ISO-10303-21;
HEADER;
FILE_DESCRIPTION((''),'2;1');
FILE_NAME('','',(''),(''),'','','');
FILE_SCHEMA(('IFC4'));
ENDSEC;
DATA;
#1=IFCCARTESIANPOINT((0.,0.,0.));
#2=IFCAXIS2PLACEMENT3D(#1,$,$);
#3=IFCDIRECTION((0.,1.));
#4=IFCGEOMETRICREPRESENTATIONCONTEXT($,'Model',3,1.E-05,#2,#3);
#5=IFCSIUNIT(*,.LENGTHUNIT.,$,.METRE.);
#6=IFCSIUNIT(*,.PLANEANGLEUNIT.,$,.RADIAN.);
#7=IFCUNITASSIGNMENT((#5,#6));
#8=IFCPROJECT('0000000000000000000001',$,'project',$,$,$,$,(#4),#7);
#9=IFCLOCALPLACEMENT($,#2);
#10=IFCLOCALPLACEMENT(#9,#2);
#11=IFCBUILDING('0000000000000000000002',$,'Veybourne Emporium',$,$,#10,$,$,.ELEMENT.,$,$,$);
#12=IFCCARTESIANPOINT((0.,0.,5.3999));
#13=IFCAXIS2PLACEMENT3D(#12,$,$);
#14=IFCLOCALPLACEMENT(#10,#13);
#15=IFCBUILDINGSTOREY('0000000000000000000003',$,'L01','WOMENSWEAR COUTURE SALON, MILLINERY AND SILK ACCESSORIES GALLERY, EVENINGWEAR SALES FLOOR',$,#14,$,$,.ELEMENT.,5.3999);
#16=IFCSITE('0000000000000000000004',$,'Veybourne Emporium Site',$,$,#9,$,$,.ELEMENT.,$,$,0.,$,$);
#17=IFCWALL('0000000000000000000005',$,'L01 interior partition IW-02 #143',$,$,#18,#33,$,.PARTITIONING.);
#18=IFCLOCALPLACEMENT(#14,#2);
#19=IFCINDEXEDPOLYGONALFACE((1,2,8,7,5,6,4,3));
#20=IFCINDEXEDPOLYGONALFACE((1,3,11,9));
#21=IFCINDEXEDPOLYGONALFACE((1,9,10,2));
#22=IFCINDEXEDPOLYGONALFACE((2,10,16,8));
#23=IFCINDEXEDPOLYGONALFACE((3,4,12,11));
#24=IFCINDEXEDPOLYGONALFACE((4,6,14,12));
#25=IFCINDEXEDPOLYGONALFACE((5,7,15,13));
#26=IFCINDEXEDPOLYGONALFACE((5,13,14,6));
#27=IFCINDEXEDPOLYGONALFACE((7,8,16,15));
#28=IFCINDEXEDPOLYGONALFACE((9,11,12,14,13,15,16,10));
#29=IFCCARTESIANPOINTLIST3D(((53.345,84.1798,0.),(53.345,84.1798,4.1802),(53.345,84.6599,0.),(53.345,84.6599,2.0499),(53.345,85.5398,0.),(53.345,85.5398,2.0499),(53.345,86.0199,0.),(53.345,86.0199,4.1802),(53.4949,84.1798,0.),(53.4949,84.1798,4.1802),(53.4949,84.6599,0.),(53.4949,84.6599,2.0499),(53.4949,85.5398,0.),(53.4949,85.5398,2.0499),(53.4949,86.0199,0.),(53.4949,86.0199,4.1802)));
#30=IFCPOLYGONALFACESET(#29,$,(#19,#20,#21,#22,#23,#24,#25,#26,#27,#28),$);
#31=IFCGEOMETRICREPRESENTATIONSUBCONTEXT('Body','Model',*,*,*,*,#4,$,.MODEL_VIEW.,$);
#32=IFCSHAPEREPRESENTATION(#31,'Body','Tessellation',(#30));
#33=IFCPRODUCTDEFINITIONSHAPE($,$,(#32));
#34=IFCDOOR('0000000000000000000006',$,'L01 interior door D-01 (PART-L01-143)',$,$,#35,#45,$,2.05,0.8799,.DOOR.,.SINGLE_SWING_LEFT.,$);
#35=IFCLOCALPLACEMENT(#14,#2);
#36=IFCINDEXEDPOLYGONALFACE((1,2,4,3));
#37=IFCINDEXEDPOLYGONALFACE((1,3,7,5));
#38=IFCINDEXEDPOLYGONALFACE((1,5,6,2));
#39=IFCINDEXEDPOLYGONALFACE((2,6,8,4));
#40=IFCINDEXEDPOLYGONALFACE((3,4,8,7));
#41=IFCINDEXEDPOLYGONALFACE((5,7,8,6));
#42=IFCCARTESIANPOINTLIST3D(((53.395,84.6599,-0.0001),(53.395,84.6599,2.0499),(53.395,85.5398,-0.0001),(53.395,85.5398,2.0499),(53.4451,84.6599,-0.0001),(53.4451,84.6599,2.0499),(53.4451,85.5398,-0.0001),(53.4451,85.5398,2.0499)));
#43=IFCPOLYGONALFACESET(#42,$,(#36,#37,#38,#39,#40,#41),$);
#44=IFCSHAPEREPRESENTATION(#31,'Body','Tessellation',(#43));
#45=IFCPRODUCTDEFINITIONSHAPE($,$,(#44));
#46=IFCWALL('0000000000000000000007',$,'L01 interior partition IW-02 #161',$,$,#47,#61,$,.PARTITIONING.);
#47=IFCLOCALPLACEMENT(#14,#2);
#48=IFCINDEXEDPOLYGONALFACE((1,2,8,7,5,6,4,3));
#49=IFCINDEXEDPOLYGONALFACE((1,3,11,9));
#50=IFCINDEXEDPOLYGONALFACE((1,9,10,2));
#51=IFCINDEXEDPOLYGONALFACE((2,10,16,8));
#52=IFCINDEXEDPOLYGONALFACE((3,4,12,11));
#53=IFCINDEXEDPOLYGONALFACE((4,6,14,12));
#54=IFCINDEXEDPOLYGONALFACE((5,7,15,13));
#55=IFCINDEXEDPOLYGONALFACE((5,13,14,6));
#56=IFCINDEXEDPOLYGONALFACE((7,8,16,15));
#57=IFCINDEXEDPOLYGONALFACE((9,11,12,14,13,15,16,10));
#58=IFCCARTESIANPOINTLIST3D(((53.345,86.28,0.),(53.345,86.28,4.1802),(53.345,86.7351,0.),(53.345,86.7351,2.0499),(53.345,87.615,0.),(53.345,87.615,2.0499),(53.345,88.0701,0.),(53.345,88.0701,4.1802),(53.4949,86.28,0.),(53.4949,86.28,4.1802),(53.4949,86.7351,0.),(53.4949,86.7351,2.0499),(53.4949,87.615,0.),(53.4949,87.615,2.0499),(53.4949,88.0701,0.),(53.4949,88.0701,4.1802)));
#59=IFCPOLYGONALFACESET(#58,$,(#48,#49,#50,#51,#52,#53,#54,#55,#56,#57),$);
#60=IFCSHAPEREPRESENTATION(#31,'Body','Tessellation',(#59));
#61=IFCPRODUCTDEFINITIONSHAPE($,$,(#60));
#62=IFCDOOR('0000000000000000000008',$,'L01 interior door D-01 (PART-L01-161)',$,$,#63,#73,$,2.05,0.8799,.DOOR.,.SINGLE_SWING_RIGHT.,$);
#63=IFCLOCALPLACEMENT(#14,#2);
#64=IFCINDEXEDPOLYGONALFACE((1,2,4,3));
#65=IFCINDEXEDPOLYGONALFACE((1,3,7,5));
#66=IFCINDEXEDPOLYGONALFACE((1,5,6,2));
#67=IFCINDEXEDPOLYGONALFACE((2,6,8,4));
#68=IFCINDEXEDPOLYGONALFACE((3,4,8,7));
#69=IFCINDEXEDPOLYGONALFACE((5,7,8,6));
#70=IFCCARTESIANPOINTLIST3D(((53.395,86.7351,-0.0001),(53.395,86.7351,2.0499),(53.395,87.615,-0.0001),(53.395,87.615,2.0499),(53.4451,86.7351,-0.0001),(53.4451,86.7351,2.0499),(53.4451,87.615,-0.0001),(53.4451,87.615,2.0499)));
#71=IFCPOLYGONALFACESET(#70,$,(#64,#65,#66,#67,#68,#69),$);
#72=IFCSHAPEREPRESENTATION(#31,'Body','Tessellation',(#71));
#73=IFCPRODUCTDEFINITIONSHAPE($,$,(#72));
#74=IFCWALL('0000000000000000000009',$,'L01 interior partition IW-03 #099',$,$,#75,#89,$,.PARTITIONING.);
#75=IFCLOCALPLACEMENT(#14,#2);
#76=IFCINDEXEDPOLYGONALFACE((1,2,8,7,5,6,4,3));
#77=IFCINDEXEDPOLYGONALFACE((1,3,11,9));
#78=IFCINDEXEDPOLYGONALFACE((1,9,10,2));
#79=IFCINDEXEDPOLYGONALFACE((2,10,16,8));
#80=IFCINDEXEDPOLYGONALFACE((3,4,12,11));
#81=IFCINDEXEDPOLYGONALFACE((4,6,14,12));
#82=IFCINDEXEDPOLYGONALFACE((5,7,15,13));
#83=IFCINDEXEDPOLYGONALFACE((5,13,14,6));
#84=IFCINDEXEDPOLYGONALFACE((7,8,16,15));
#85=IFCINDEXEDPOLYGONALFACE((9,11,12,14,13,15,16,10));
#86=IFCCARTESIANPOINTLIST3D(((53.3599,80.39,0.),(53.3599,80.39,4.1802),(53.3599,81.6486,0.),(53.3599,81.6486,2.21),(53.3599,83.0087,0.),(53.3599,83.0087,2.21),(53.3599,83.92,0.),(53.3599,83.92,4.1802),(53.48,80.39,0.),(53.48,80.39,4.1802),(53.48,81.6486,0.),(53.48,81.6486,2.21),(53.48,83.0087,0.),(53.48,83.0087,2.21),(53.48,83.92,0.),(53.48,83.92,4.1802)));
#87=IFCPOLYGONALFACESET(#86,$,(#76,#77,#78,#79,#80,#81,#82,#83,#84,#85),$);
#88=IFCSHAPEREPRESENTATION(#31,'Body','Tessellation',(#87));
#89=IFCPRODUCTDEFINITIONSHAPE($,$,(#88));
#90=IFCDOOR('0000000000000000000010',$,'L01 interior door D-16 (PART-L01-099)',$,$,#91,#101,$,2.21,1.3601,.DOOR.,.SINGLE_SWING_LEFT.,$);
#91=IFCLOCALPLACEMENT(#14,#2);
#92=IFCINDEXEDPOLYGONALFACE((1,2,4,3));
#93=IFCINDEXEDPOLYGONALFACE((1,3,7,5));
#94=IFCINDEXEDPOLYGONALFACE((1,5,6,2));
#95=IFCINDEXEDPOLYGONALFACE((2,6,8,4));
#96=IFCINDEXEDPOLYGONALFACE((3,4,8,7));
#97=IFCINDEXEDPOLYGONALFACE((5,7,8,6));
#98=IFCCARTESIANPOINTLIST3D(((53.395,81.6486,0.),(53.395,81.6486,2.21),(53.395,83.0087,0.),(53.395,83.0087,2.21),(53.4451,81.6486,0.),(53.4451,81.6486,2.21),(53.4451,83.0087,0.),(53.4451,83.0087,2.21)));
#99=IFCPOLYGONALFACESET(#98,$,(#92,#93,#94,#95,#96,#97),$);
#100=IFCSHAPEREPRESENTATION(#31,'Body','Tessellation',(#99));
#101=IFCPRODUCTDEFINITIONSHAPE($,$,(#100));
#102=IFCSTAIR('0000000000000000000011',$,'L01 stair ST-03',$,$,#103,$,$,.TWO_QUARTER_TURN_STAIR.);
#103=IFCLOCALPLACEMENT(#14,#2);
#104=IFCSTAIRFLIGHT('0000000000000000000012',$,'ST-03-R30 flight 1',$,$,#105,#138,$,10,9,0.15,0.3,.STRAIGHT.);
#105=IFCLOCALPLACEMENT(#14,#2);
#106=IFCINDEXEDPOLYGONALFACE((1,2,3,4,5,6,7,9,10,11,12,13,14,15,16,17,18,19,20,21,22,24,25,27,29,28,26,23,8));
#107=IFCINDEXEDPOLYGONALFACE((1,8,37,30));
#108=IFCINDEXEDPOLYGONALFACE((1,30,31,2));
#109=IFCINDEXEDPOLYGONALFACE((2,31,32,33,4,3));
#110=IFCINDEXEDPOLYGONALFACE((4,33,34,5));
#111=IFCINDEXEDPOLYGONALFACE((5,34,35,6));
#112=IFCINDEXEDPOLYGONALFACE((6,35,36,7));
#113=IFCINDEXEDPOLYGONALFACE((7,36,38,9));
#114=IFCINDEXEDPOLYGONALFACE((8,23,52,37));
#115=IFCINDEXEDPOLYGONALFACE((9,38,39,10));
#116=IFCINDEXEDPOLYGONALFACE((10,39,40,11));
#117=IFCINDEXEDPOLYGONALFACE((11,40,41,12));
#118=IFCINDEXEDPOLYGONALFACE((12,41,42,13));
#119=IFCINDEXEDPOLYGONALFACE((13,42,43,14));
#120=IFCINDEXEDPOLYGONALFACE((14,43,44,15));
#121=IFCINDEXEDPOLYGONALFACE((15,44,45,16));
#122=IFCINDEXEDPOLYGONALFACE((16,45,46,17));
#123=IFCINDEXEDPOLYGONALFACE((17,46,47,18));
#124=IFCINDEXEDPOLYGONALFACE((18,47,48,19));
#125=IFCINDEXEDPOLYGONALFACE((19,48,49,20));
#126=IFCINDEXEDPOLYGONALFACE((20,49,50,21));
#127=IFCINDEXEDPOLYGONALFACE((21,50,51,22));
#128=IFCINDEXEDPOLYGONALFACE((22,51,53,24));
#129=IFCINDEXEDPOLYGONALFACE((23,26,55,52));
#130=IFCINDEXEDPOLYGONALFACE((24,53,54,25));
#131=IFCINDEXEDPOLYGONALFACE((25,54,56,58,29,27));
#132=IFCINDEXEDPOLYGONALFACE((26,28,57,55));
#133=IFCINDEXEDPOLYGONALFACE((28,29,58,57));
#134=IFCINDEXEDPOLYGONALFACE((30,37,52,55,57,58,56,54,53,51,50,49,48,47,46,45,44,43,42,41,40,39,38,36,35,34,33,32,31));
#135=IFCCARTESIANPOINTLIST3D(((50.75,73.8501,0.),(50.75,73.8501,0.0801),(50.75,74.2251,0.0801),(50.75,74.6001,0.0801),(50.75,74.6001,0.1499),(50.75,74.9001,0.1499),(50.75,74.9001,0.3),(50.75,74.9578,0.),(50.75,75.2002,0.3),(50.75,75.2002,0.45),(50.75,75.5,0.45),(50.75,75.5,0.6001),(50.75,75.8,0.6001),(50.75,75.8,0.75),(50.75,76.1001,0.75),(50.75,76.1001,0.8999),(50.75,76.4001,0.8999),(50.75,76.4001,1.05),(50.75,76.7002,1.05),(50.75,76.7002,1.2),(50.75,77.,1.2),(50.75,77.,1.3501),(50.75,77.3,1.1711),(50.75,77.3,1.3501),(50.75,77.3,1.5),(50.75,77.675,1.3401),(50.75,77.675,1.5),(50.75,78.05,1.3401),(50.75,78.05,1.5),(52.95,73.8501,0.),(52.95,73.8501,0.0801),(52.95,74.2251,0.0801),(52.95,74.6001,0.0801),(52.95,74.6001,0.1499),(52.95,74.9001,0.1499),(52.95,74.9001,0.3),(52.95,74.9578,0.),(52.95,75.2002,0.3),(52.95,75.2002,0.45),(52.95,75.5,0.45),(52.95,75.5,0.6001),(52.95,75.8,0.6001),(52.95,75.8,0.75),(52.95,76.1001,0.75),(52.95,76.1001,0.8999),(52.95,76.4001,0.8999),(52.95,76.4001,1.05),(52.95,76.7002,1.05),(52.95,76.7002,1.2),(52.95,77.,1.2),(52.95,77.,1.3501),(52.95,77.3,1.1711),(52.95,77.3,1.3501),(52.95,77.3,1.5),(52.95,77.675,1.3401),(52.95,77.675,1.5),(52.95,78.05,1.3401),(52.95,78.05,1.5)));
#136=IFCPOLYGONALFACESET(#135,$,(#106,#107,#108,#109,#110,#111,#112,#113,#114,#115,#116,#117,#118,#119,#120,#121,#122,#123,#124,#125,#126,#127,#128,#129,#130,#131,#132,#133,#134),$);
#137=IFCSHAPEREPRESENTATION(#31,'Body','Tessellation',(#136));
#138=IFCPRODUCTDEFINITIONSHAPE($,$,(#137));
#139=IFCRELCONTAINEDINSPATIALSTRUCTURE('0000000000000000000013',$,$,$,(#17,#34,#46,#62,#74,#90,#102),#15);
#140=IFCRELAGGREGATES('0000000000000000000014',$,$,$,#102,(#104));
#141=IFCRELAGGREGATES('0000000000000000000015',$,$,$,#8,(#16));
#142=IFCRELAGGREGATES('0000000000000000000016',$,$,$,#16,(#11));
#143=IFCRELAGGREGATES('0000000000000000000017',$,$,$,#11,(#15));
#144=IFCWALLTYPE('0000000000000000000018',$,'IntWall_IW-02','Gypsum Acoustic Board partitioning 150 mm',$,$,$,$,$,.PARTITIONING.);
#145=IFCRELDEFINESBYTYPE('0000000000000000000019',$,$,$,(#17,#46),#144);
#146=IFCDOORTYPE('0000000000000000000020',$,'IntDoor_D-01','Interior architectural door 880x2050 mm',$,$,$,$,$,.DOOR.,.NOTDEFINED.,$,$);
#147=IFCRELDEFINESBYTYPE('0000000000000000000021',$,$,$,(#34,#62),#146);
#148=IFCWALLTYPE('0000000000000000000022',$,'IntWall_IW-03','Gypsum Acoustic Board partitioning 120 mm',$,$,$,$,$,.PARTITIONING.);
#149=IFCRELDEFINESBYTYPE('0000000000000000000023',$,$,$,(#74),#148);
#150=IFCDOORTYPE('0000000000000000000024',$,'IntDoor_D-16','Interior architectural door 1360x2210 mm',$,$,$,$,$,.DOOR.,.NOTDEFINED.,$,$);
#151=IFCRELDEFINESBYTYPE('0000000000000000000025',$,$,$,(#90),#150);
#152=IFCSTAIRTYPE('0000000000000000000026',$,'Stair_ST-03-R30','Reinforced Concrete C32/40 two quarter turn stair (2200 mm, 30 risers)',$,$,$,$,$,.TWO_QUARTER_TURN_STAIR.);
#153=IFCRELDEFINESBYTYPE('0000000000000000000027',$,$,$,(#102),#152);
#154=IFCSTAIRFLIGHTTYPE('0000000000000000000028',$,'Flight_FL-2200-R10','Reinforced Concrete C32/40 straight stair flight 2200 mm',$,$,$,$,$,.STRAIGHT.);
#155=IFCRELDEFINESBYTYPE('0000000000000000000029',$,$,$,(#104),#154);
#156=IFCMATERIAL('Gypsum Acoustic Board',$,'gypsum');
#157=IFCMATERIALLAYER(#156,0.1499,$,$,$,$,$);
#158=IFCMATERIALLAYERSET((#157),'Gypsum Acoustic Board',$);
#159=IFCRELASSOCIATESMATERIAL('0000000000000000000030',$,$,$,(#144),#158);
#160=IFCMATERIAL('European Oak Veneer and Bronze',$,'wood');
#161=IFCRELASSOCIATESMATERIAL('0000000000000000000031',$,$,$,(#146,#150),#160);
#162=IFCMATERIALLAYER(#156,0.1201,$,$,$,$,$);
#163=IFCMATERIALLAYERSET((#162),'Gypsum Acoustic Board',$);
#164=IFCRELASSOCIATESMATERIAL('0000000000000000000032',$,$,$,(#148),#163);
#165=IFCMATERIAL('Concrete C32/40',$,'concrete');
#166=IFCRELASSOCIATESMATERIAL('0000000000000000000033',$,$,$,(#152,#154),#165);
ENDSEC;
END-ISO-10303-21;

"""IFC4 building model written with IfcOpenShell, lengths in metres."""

from ifc_helpers import new_model, si_unit, direction, frame, frame_2d, origin, place, context, subcontext, project, spatial, polyline, rectangle, outline, extrude, material, layer, layer_set, type_object, element, fill, aggregate, save


model = new_model("IFC4")

# Units and contexts
model_context = context("Model", 3, precision=1e-05, world=origin(), true_north=direction((0.0, 1.0)))
body_context = subcontext(model_context, "Body", "Model", "MODEL_VIEW")
ifc_project = project(units=[si_unit("LENGTHUNIT", "METRE"), si_unit("PLANEANGLEUNIT", "RADIAN")], contexts=[model_context])

# Site, building, storey
site_placement = place(None, origin())
site = spatial("IfcSite", under=ifc_project, at=site_placement, Name="Veybourne Emporium Site", CompositionType="ELEMENT", RefElevation=0.0)
building_placement = place(site_placement, origin())
building = spatial("IfcBuilding", under=site, at=building_placement, Name="Veybourne Emporium", CompositionType="ELEMENT")
storey_placement = place(building_placement, frame((0.0, 0.0, 5.3999)))
storey = spatial("IfcBuildingStorey", under=building, at=storey_placement, Name="L01", Description="WOMENSWEAR COUTURE SALON, MILLINERY AND SILK ACCESSORIES GALLERY, EVENINGWEAR SALES FLOOR", CompositionType="ELEMENT", Elevation=5.3999)

# Shared definitions
ifc_material_1 = material(Name="Concrete C32/40", Category="concrete")

# Walls, openings, doors
ifc_material_2 = material(Name="Gypsum Acoustic Board", Category="gypsum")
ifc_layer_1 = layer(ifc_material_2, 0.1499)
ifc_layer_set_1 = layer_set([ifc_layer_1], Name="Gypsum Acoustic Board")
wall_type_1 = type_object("IfcWallType", Name="IntWall_IW-02", Description="Gypsum Acoustic Board partitioning 150 mm", PredefinedType="PARTITIONING", material=ifc_layer_set_1)
ifc_material_3 = material(Name="European Oak Veneer and Bronze", Category="wood")
wall_1_placement = place(storey_placement, frame((53.4199, 84.1799, 0.0), z_axis=(0.0, 0.0, 1.0), x_axis=(0.0, 1.0, 0.0)))
wall_1 = element("IfcWall", 1, at=wall_1_placement, inside=storey, type_object=wall_type_1, Name="L01 interior partition IW-02 #143", PredefinedType="PARTITIONING", context=body_context, shape_type="SweptSolid", body=[
    extrude(rectangle(XDim=1.8401, YDim=0.1499, at=frame_2d((0.9199, 0.0))), origin(), (0.0, 0.0, 1.0), 4.1802),
])
opening_1_placement = place(wall_1_placement, frame((0.48, 0.0, 0.0)))
opening_1 = element("IfcOpeningElement", 2, at=opening_1_placement, cuts=wall_1, PredefinedType="OPENING", context=body_context, shape_type="SweptSolid", body=[
    extrude(rectangle(XDim=0.8799, YDim=2.05, at=frame_2d((0.4399, 1.0249))), frame((0.0, 0.095, 0.0), z_axis=(0.0, -1.0, 0.0), x_axis=(1.0, 0.0, 0.0)), (0.0, 0.0, 1.0), 0.1899),
])
door_type_1 = type_object("IfcDoorType", Name="IntDoor_D-01", Description="Interior architectural door 880x2050 mm", OperationType="NOTDEFINED", PredefinedType="DOOR", material=ifc_material_3)
door_1_placement = place(opening_1_placement, origin())
door_1 = element("IfcDoor", 3, at=door_1_placement, inside=storey, type_object=door_type_1, Name="L01 interior door D-01 (PART-L01-143)", OperationType="SINGLE_SWING_LEFT", OverallHeight=2.05, OverallWidth=0.8799, PredefinedType="DOOR", context=body_context, shape_type="SweptSolid", body=[
    extrude(rectangle(XDim=0.8799, YDim=2.05, at=frame_2d((0.4399, 1.0249))), frame((0.0, 0.0249, 0.0), z_axis=(0.0, -1.0, 0.0), x_axis=(1.0, 0.0, 0.0)), (0.0, 0.0, 1.0), 0.05),
])
fill(opening_1, door_1)
wall_2_placement = place(storey_placement, frame((53.4199, 86.28, 0.0), z_axis=(0.0, 0.0, 1.0), x_axis=(0.0, 1.0, 0.0)))
wall_2 = element("IfcWall", 4, at=wall_2_placement, inside=storey, type_object=wall_type_1, Name="L01 interior partition IW-02 #161", PredefinedType="PARTITIONING", context=body_context, shape_type="SweptSolid", body=[
    extrude(rectangle(XDim=1.79, YDim=0.1499, at=frame_2d((0.895, 0.0))), origin(), (0.0, 0.0, 1.0), 4.1802),
])
opening_2_placement = place(wall_2_placement, frame((0.4551, 0.0, 0.0)))
opening_2 = element("IfcOpeningElement", 5, at=opening_2_placement, cuts=wall_2, PredefinedType="OPENING", context=body_context, shape_type="SweptSolid", body=[
    extrude(rectangle(XDim=0.8799, YDim=2.05, at=frame_2d((0.4399, 1.0249))), frame((0.0, 0.095, 0.0), z_axis=(0.0, -1.0, 0.0), x_axis=(1.0, 0.0, 0.0)), (0.0, 0.0, 1.0), 0.1899),
])
door_2_placement = place(opening_2_placement, origin())
door_2 = element("IfcDoor", 6, at=door_2_placement, inside=storey, type_object=door_type_1, Name="L01 interior door D-01 (PART-L01-161)", OperationType="SINGLE_SWING_RIGHT", OverallHeight=2.05, OverallWidth=0.8799, PredefinedType="DOOR", context=body_context, shape_type="SweptSolid", body=[
    extrude(rectangle(XDim=0.8799, YDim=2.05, at=frame_2d((0.4399, 1.0249))), frame((0.0, 0.0249, 0.0), z_axis=(0.0, -1.0, 0.0), x_axis=(1.0, 0.0, 0.0)), (0.0, 0.0, 1.0), 0.05),
])
fill(opening_2, door_2)
ifc_layer_2 = layer(ifc_material_2, 0.1201)
ifc_layer_set_2 = layer_set([ifc_layer_2], Name="Gypsum Acoustic Board")
wall_type_2 = type_object("IfcWallType", Name="IntWall_IW-03", Description="Gypsum Acoustic Board partitioning 120 mm", PredefinedType="PARTITIONING", material=ifc_layer_set_2)
wall_3_placement = place(storey_placement, frame((53.4199, 80.3899, 0.0), z_axis=(0.0, 0.0, 1.0), x_axis=(0.0, 1.0, 0.0)))
wall_3 = element("IfcWall", 7, at=wall_3_placement, inside=storey, type_object=wall_type_2, Name="L01 interior partition IW-03 #099", PredefinedType="PARTITIONING", context=body_context, shape_type="SweptSolid", body=[
    extrude(rectangle(XDim=3.53, YDim=0.1201, at=frame_2d((1.7651, 0.0))), origin(), (0.0, 0.0, 1.0), 4.1802),
])
opening_3_placement = place(wall_3_placement, frame((1.2585, 0.0, 0.0)))
opening_3 = element("IfcOpeningElement", 8, at=opening_3_placement, cuts=wall_3, PredefinedType="OPENING", context=body_context, shape_type="SweptSolid", body=[
    extrude(rectangle(XDim=1.3601, YDim=2.21, at=frame_2d((0.6802, 1.105))), frame((0.0, 0.0801, 0.0), z_axis=(0.0, -1.0, 0.0), x_axis=(1.0, 0.0, 0.0)), (0.0, 0.0, 1.0), 0.1602),
])
door_type_2 = type_object("IfcDoorType", Name="IntDoor_D-16", Description="Interior architectural door 1360x2210 mm", OperationType="NOTDEFINED", PredefinedType="DOOR", material=ifc_material_3)
door_3_placement = place(opening_3_placement, origin())
door_3 = element("IfcDoor", 9, at=door_3_placement, inside=storey, type_object=door_type_2, Name="L01 interior door D-16 (PART-L01-099)", OperationType="SINGLE_SWING_LEFT", OverallHeight=2.21, OverallWidth=1.3601, PredefinedType="DOOR", context=body_context, shape_type="SweptSolid", body=[
    extrude(rectangle(XDim=1.3601, YDim=2.21, at=frame_2d((0.6802, 1.105))), frame((0.0, 0.0249, 0.0), z_axis=(0.0, -1.0, 0.0), x_axis=(1.0, 0.0, 0.0)), (0.0, 0.0, 1.0), 0.05),
])
fill(opening_3, door_3)

# Stair, stair flight
stair_type = type_object("IfcStairType", Name="Stair_ST-03-R30", Description="Reinforced Concrete C32/40 two quarter turn stair (2200 mm, 30 risers)", PredefinedType="TWO_QUARTER_TURN_STAIR", material=ifc_material_1)
stair_placement = place(storey_placement, origin())
stair = element("IfcStair", 10, at=stair_placement, inside=storey, type_object=stair_type, Name="L01 stair ST-03", PredefinedType="TWO_QUARTER_TURN_STAIR")
stair_flight_type = type_object("IfcStairFlightType", Name="Flight_FL-2200-R10", Description="Reinforced Concrete C32/40 straight stair flight 2200 mm", PredefinedType="STRAIGHT", material=ifc_material_1)
stair_flight_1_placement = place(storey_placement, frame((51.8501, 74.6001, 0.0), z_axis=(0.0, 0.0, 1.0), x_axis=(0.0, 1.0, 0.0)))
stair_flight_1 = element("IfcStairFlight", 11, at=stair_flight_1_placement, type_object=stair_flight_type, Name="ST-03-R30 flight 1", NumberOfRisers=10, NumberOfTreads=9, PredefinedType="STRAIGHT", RiserHeight=0.15, TreadLength=0.3, context=body_context, shape_type="SweptSolid", body=[
    extrude(outline(polyline([(-0.75, 0.0), (-0.75, 0.0801), (-0.375, 0.0801), (0.0, 0.0801), (0.0, 0.1499), (0.3, 0.1499), (0.3, 0.3), (0.6001, 0.3), (0.6001, 0.45), (0.8999, 0.45), (0.8999, 0.6001), (1.2, 0.6001), (1.2, 0.75), (1.5, 0.75), (1.5, 0.8999), (1.8, 0.8999), (1.8, 1.05), (2.1001, 1.05), (2.1001, 1.2), (2.3999, 1.2), (2.3999, 1.3501), (2.7, 1.3501), (2.7, 1.5), (3.075, 1.5), (3.45, 1.5), (3.45, 1.3401), (3.075, 1.3401), (2.7, 1.1711), (0.3577, 0.0), (-0.75, 0.0)])), frame((0.0, 1.1001, 0.0), z_axis=(0.0, -1.0, 0.0), x_axis=(1.0, 0.0, 0.0)), (0.0, 0.0, 1.0), 2.2),
])
aggregate(stair, [stair_flight_1])

save(model, "model.ifc")
